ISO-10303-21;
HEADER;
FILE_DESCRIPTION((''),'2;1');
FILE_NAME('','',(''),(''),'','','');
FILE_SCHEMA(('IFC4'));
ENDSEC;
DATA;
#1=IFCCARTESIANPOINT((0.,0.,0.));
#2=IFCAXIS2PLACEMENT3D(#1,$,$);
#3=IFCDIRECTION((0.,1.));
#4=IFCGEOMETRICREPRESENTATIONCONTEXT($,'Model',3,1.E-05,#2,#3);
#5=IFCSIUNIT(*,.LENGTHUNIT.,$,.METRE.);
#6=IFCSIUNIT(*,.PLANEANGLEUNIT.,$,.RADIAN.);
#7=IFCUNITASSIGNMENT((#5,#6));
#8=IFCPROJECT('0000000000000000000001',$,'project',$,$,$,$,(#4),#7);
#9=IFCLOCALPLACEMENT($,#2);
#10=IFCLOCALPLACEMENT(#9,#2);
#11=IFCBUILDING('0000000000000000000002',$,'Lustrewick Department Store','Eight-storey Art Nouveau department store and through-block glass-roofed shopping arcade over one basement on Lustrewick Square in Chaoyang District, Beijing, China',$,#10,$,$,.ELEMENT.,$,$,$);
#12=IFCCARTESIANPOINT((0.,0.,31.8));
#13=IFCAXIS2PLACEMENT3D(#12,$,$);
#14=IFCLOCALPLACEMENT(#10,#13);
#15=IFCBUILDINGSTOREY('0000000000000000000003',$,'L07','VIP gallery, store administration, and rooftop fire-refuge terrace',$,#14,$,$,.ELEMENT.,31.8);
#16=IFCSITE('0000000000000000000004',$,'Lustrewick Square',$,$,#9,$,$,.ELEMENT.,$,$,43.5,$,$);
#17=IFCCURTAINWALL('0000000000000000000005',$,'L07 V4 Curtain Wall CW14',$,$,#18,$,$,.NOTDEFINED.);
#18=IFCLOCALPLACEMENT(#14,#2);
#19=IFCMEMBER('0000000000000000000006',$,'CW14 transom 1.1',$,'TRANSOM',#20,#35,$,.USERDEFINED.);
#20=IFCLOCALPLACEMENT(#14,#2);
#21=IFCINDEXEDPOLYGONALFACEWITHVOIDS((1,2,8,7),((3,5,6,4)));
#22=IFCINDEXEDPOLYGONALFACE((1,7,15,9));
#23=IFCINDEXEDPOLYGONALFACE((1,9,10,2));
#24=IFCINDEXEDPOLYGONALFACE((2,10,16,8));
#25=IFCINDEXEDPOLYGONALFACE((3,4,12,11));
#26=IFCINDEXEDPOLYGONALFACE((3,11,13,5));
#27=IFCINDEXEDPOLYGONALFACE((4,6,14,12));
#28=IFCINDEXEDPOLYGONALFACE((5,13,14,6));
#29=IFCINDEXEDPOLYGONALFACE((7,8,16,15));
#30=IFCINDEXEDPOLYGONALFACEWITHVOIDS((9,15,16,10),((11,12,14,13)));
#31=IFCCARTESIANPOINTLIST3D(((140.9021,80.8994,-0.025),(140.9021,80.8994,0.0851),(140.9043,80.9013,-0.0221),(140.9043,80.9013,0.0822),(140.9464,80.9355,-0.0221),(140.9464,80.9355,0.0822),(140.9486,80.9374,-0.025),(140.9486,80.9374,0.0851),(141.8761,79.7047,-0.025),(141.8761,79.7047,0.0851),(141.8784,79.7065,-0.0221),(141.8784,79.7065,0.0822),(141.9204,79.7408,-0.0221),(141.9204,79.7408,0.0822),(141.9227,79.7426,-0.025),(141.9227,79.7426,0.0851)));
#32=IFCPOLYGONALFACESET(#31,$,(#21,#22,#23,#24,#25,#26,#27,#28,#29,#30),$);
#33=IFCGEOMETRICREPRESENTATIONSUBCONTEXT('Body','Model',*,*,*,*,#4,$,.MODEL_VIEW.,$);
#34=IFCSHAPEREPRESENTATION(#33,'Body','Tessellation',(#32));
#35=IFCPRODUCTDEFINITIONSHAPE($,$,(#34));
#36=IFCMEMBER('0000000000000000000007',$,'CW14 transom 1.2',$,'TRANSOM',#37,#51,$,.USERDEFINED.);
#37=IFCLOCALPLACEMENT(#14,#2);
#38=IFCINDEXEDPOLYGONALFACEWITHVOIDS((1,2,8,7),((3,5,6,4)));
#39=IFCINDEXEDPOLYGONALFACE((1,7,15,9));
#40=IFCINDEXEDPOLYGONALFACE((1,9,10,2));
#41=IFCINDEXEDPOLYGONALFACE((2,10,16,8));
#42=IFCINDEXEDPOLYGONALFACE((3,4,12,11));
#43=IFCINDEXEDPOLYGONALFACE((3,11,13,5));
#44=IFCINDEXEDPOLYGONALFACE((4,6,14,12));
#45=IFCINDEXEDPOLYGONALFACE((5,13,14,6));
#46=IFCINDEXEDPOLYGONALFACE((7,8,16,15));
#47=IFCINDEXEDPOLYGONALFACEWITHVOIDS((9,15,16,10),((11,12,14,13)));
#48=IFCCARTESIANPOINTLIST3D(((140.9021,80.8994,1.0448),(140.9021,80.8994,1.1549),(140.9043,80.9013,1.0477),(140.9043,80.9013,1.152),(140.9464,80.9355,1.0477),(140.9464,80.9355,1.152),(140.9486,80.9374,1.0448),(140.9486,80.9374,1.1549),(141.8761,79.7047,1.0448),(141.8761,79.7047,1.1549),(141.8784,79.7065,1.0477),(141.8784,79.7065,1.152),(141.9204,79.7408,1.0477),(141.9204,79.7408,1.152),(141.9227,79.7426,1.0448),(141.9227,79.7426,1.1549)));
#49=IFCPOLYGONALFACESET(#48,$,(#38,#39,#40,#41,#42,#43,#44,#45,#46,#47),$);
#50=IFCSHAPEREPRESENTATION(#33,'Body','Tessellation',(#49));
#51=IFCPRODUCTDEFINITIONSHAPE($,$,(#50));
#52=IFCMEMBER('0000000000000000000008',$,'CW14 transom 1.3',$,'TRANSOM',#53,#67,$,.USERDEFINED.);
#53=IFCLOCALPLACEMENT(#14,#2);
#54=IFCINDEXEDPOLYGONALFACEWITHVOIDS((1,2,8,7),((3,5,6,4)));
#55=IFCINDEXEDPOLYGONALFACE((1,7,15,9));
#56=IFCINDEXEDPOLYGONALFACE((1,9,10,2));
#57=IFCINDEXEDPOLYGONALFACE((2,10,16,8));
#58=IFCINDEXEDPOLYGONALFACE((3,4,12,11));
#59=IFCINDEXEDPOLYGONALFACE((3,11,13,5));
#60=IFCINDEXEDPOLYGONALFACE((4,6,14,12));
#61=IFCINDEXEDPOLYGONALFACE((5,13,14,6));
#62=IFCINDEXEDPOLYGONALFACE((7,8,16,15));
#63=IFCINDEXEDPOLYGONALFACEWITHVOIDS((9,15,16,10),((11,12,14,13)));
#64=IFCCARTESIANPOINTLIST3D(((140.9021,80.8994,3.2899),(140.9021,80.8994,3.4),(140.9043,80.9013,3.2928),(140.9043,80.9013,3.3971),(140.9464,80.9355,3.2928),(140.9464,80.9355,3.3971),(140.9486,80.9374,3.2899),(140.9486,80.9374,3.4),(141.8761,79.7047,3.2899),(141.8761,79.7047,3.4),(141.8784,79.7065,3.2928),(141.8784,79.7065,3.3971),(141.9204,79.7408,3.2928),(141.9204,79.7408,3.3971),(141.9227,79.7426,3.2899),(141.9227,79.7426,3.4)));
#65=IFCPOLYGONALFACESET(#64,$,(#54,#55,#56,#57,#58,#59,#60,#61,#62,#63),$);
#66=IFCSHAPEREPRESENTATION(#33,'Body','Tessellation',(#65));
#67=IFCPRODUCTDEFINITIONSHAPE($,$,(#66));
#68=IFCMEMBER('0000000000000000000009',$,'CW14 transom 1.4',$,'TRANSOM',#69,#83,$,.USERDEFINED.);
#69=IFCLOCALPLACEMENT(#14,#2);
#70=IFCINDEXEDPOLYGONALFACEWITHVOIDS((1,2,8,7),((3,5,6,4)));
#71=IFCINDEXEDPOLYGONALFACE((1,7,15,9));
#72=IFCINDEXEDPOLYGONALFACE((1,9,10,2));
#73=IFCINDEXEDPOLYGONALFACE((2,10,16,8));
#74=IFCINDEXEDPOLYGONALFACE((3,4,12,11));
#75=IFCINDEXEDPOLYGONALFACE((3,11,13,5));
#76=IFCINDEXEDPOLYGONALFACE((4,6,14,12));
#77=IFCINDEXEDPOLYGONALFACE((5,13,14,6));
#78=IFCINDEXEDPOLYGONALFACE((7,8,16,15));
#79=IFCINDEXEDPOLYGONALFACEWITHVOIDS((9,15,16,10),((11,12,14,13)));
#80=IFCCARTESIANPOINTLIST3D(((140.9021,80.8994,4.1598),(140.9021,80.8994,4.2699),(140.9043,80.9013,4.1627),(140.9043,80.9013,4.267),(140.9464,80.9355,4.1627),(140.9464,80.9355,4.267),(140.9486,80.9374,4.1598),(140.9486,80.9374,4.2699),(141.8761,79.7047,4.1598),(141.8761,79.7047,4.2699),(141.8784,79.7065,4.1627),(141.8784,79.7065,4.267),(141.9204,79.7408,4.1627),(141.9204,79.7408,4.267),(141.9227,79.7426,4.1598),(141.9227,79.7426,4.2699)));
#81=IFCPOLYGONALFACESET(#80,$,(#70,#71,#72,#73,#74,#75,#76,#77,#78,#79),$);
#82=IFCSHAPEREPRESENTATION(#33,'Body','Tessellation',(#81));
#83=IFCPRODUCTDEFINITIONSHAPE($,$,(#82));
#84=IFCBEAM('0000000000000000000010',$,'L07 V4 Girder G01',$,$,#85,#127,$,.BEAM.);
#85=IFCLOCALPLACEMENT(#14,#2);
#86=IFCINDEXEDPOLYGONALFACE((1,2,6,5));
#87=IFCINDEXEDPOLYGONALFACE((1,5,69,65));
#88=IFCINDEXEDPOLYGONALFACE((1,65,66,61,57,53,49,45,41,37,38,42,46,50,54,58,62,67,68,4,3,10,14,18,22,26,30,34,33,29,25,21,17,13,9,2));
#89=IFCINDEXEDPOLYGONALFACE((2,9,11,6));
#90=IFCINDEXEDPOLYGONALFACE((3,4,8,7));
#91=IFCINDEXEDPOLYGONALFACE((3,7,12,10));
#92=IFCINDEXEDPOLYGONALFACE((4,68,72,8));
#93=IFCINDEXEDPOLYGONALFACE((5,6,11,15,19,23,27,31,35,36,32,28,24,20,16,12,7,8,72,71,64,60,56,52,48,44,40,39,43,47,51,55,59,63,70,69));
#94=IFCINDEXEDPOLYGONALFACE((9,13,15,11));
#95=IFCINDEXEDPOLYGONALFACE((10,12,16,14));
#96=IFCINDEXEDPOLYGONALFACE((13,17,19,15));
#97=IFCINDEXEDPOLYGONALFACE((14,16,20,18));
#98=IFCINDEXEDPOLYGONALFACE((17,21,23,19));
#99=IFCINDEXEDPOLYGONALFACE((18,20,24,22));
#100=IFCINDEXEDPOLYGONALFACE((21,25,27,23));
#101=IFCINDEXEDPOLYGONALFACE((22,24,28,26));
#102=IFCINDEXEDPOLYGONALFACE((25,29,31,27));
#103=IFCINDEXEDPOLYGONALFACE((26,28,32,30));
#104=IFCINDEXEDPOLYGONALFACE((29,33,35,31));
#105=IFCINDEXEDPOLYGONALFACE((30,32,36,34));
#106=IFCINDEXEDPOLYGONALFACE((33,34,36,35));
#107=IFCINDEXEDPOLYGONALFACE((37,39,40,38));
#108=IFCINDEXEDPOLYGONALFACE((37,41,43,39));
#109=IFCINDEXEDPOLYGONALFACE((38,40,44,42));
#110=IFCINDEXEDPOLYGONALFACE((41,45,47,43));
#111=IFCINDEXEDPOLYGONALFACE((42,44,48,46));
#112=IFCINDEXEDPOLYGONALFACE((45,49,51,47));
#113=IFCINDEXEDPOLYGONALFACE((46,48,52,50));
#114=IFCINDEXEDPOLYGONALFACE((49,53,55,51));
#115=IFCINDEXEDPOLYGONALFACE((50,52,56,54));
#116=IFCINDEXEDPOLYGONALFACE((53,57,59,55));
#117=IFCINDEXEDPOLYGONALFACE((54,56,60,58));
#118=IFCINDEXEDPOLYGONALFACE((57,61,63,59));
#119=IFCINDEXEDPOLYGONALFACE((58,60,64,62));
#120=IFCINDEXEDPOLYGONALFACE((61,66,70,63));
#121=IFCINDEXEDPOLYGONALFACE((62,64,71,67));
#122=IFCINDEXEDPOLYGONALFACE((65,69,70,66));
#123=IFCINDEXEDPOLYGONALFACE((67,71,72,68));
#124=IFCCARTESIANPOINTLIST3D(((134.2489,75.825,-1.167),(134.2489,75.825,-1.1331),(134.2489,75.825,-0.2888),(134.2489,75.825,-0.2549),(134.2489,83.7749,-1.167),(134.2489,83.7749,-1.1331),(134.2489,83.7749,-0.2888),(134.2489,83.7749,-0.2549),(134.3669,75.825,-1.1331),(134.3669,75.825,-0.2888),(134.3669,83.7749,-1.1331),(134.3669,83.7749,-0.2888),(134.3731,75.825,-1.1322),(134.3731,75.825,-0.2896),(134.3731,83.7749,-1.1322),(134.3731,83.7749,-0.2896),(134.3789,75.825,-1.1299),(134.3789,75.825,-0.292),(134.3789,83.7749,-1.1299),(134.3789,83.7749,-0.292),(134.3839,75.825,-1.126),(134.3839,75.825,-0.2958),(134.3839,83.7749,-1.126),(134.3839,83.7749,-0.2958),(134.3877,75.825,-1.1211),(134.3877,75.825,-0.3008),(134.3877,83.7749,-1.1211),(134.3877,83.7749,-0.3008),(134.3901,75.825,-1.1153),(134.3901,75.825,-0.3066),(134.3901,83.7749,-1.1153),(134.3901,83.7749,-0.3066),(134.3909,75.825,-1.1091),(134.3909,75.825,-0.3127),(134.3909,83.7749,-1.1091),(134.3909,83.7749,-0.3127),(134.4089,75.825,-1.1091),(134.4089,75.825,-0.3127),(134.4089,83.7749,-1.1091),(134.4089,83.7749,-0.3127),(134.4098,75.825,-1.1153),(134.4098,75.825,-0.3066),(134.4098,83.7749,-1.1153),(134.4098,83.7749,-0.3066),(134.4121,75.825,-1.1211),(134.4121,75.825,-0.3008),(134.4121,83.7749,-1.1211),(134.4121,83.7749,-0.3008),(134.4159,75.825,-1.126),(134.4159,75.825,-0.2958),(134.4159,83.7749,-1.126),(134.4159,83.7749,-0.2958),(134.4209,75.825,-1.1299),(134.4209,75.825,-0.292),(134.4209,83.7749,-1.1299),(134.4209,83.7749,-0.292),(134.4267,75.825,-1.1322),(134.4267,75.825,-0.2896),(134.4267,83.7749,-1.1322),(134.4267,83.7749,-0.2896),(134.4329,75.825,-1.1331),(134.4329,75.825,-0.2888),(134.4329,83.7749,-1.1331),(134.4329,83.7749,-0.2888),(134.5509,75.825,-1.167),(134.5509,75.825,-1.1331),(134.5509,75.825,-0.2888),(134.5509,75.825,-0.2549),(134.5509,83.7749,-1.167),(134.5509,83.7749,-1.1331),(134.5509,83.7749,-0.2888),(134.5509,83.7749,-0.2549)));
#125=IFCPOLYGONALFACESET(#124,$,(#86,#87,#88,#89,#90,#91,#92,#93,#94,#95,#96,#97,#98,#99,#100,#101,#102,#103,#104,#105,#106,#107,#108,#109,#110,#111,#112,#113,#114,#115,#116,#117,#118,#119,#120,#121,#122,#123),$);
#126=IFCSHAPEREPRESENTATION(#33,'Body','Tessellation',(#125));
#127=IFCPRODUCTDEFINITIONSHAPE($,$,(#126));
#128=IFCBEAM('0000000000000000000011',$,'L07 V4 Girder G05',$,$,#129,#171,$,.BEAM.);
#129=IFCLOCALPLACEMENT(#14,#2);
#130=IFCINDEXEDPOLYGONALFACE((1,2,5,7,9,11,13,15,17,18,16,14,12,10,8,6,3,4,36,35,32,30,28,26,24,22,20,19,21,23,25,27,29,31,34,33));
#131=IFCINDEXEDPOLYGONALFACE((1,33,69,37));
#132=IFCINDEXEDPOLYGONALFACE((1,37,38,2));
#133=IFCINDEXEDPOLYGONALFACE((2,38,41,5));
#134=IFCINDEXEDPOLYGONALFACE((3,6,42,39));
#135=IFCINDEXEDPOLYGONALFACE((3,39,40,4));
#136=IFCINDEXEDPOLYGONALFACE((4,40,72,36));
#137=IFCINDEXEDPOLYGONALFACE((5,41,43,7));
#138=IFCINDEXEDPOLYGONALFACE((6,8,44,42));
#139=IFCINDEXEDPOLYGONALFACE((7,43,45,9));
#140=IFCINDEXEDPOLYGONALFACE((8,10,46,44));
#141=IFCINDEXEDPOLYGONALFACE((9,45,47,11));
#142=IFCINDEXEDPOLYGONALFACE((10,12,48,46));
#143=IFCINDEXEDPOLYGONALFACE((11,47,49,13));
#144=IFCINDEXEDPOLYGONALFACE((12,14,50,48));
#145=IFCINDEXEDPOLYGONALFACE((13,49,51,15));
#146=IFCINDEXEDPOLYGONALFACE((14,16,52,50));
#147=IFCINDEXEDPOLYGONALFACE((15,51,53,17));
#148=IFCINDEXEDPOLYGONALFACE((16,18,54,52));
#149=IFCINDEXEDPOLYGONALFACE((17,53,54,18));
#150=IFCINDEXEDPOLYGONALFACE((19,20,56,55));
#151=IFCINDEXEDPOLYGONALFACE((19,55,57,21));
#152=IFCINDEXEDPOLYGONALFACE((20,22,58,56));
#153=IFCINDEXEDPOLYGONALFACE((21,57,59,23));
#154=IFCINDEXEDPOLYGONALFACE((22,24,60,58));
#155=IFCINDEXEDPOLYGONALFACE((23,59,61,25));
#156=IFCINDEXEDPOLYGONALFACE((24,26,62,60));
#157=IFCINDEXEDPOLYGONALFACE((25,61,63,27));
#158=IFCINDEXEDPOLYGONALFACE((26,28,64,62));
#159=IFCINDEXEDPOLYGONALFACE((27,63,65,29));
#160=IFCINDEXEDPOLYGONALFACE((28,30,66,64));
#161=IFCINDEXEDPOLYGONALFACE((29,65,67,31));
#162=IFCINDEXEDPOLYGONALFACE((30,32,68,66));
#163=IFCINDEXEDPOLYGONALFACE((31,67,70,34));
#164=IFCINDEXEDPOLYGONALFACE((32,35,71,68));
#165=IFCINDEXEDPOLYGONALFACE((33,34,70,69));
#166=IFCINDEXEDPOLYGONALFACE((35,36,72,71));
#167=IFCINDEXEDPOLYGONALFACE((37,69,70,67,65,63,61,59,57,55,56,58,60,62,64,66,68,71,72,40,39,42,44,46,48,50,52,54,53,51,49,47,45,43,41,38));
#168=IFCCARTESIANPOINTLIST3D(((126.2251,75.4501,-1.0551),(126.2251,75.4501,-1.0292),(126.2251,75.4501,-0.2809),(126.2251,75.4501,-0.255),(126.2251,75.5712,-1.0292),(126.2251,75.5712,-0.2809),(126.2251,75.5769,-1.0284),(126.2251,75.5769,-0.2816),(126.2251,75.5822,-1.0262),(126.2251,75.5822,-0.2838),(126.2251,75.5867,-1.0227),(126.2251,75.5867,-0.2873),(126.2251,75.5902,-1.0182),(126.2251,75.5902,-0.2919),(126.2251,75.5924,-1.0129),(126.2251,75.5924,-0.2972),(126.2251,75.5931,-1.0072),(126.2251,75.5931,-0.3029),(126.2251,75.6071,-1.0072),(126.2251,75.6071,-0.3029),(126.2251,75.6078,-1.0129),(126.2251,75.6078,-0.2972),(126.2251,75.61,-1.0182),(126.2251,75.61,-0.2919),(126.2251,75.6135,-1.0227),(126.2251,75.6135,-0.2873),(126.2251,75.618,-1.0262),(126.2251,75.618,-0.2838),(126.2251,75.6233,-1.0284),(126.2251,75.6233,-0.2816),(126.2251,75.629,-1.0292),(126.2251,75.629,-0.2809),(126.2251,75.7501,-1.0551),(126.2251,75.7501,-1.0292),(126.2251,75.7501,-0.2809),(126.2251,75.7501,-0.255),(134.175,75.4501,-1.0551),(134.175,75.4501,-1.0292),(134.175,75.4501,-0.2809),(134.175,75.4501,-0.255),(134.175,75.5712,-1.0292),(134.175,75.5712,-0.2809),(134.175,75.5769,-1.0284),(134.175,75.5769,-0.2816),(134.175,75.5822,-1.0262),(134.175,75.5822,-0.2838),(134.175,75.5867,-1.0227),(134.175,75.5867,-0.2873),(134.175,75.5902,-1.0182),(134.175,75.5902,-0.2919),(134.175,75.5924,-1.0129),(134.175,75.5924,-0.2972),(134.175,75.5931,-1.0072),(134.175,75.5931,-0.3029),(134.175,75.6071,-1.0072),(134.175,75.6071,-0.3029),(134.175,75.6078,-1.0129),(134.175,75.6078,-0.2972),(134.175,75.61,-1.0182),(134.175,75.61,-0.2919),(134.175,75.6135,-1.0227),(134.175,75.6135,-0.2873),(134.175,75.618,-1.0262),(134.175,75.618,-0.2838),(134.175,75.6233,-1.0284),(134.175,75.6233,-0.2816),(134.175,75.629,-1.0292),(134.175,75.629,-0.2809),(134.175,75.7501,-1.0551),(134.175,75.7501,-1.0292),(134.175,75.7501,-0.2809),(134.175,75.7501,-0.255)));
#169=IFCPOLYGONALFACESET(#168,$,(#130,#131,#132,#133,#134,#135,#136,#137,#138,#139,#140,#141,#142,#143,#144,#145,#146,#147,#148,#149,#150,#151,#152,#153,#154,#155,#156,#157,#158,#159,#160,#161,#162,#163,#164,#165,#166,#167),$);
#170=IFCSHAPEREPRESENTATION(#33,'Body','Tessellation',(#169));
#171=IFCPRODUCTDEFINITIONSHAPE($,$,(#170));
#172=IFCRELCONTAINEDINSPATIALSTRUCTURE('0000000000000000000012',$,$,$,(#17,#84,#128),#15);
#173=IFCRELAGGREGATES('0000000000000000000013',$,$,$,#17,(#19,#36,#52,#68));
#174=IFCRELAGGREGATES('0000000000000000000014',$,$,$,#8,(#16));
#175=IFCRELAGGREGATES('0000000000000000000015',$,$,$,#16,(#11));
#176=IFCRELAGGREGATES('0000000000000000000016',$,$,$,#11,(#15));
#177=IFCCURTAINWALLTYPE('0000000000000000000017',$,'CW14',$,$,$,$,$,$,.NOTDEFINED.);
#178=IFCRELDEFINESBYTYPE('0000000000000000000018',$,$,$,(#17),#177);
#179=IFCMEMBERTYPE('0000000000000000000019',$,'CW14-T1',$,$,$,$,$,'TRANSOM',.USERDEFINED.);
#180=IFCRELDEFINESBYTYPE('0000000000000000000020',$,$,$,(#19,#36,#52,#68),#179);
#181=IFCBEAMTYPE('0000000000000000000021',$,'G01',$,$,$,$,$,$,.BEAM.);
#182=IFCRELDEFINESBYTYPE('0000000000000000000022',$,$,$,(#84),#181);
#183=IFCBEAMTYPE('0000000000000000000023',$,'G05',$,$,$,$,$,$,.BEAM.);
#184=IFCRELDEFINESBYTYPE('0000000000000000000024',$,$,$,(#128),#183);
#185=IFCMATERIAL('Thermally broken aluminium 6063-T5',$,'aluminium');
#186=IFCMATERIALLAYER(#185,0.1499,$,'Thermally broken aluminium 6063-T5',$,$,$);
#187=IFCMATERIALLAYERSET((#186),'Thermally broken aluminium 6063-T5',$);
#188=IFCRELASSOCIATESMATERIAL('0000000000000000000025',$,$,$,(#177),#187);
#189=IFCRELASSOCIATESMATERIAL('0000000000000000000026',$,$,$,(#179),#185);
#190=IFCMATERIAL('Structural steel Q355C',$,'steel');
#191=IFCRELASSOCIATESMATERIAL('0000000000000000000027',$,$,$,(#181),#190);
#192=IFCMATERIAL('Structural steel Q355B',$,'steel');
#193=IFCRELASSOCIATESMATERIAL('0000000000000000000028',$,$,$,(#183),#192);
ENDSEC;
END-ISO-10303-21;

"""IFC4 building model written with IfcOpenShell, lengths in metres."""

from ifc_helpers import new_model, si_unit, direction, frame, origin, origin_2d, place, context, subcontext, project, spatial, hollow_rectangle, i_section, extrude, material, layer, layer_set, material_profile, profile_set, type_object, element, aggregate, save


model = new_model("IFC4")

# Units and contexts
model_context = context("Model", 3, precision=1e-05, world=origin(), true_north=direction((0.0, 1.0)))
body_context = subcontext(model_context, "Body", "Model", "MODEL_VIEW")
ifc_project = project(units=[si_unit("LENGTHUNIT", "METRE"), si_unit("PLANEANGLEUNIT", "RADIAN")], contexts=[model_context])

# Site, building, storey
site_placement = place(None, origin())
site = spatial("IfcSite", under=ifc_project, at=site_placement, Name="Lustrewick Square", CompositionType="ELEMENT", RefElevation=43.5)
building_placement = place(site_placement, origin())
building = spatial("IfcBuilding", under=site, at=building_placement, Name="Lustrewick Department Store", Description="Eight-storey Art Nouveau department store and through-block glass-roofed shopping arcade over one basement on Lustrewick Square in Chaoyang District, Beijing, China", CompositionType="ELEMENT")
storey_placement = place(building_placement, frame((0.0, 0.0, 31.8)))
storey = spatial("IfcBuildingStorey", under=building, at=storey_placement, Name="L07", Description="VIP gallery, store administration, and rooftop fire-refuge terrace", CompositionType="ELEMENT", Elevation=31.8)

# Shared definitions
ifc_material_1 = material(Name="Structural steel Q355B", Category="steel")

# Curtain wall, members
ifc_material_2 = material(Name="Thermally broken aluminium 6063-T5", Category="aluminium")
ifc_layer_1 = layer(ifc_material_2, 0.1499, Name="Thermally broken aluminium 6063-T5")
ifc_layer_set_1 = layer_set([ifc_layer_1], Name="Thermally broken aluminium 6063-T5")
curtain_wall_type = type_object("IfcCurtainWallType", Name="CW14", PredefinedType="NOTDEFINED", material=ifc_layer_set_1)
curtain_wall_placement = place(storey_placement, origin())
curtain_wall = element("IfcCurtainWall", 1, at=curtain_wall_placement, inside=storey, type_object=curtain_wall_type, Name="L07 V4 Curtain Wall CW14", PredefinedType="NOTDEFINED")
ifc_material_profile_1 = material_profile(ifc_material_2, hollow_rectangle(XDim=0.0601, YDim=0.1101, WallThickness=0.0029, at=origin_2d()), Name="ALU-T 60x110x3")
ifc_profile_set_1 = profile_set([ifc_material_profile_1], Name="Thermally broken aluminium 6063-T5")
member_type_1 = type_object("IfcMemberType", Name="CW14-T1", ElementType="TRANSOM", PredefinedType="USERDEFINED", material=ifc_profile_set_1)
member_1_placement = place(storey_placement, frame((141.8994, 79.7236, 0.03), z_axis=(-0.631891, 0.775057, 0.0), x_axis=(-0.775057, -0.631891, 0.0)))
member_1 = element("IfcMember", 2, at=member_1_placement, type_object=member_type_1, Name="CW14 transom 1.1", ObjectType="TRANSOM", PredefinedType="USERDEFINED", context=body_context, shape_type="SweptSolid", body=[
    extrude(hollow_rectangle(XDim=0.0601, YDim=0.1101, WallThickness=0.0029, at=origin_2d()), origin(), (0.0, 0.0, 1.0), 1.5415),
])
member_2_placement = place(storey_placement, frame((141.8994, 79.7236, 1.0999), z_axis=(-0.631891, 0.775057, 0.0), x_axis=(-0.775057, -0.631891, 0.0)))
member_2 = element("IfcMember", 3, at=member_2_placement, type_object=member_type_1, Name="CW14 transom 1.2", ObjectType="TRANSOM", PredefinedType="USERDEFINED", context=body_context, shape_type="SweptSolid", body=[
    extrude(hollow_rectangle(XDim=0.0601, YDim=0.1101, WallThickness=0.0029, at=origin_2d()), origin(), (0.0, 0.0, 1.0), 1.5415),
])
member_3_placement = place(storey_placement, frame((141.8994, 79.7236, 3.345), z_axis=(-0.631891, 0.775057, 0.0), x_axis=(-0.775057, -0.631891, 0.0)))
member_3 = element("IfcMember", 4, at=member_3_placement, type_object=member_type_1, Name="CW14 transom 1.3", ObjectType="TRANSOM", PredefinedType="USERDEFINED", context=body_context, shape_type="SweptSolid", body=[
    extrude(hollow_rectangle(XDim=0.0601, YDim=0.1101, WallThickness=0.0029, at=origin_2d()), origin(), (0.0, 0.0, 1.0), 1.5415),
])
member_4_placement = place(storey_placement, frame((141.8994, 79.7236, 4.2148), z_axis=(-0.631891, 0.775057, 0.0), x_axis=(-0.775057, -0.631891, 0.0)))
member_4 = element("IfcMember", 5, at=member_4_placement, type_object=member_type_1, Name="CW14 transom 1.4", ObjectType="TRANSOM", PredefinedType="USERDEFINED", context=body_context, shape_type="SweptSolid", body=[
    extrude(hollow_rectangle(XDim=0.0601, YDim=0.1101, WallThickness=0.0029, at=origin_2d()), origin(), (0.0, 0.0, 1.0), 1.5415),
])

# Beams
ifc_material_3 = material(Name="Structural steel Q355C", Category="steel")
ifc_material_profile_2 = material_profile(ifc_material_3, i_section(OverallWidth=0.302, OverallDepth=0.9121, WebThickness=0.0181, FlangeThickness=0.0339, FilletRadius=0.0239, at=origin_2d()), Name="HN 912x302x18x34")
ifc_profile_set_2 = profile_set([ifc_material_profile_2], Name="Structural steel Q355C")
beam_type_1 = type_object("IfcBeamType", Name="G01", PredefinedType="BEAM", material=ifc_profile_set_2)
beam_1_placement = place(storey_placement, frame((134.3999, 75.825, -0.7109), z_axis=(0.0, 1.0, 0.0), x_axis=(-1.0, 0.0, 0.0)))
element("IfcBeam", 6, at=beam_1_placement, inside=storey, type_object=beam_type_1, Name="L07 V4 Girder G01", PredefinedType="BEAM", context=body_context, shape_type="SweptSolid", body=[
    extrude(i_section(OverallWidth=0.302, OverallDepth=0.9121, WebThickness=0.0181, FlangeThickness=0.0339, FilletRadius=0.0239, at=origin_2d()), origin(), (0.0, 0.0, 1.0), 7.95),
])
ifc_material_profile_3 = material_profile(ifc_material_1, i_section(OverallWidth=0.3, OverallDepth=0.8, WebThickness=0.0139, FlangeThickness=0.0259, FilletRadius=0.022, at=origin_2d()), Name="HN 800x300x14x26")
ifc_profile_set_3 = profile_set([ifc_material_profile_3], Name="Structural steel Q355B")
beam_type_2 = type_object("IfcBeamType", Name="G05", PredefinedType="BEAM", material=ifc_profile_set_3)
beam_2_placement = place(storey_placement, frame((126.2251, 75.6001, -0.655), z_axis=(1.0, 0.0, 0.0), x_axis=(0.0, 1.0, 0.0)))
element("IfcBeam", 7, at=beam_2_placement, inside=storey, type_object=beam_type_2, Name="L07 V4 Girder G05", PredefinedType="BEAM", context=body_context, shape_type="SweptSolid", body=[
    extrude(i_section(OverallWidth=0.3, OverallDepth=0.8, WebThickness=0.0139, FlangeThickness=0.0259, FilletRadius=0.022, at=origin_2d()), origin(), (0.0, 0.0, 1.0), 7.95),
])

aggregate(curtain_wall, [member_1, member_2, member_3, member_4])

save(model, "model.ifc")
